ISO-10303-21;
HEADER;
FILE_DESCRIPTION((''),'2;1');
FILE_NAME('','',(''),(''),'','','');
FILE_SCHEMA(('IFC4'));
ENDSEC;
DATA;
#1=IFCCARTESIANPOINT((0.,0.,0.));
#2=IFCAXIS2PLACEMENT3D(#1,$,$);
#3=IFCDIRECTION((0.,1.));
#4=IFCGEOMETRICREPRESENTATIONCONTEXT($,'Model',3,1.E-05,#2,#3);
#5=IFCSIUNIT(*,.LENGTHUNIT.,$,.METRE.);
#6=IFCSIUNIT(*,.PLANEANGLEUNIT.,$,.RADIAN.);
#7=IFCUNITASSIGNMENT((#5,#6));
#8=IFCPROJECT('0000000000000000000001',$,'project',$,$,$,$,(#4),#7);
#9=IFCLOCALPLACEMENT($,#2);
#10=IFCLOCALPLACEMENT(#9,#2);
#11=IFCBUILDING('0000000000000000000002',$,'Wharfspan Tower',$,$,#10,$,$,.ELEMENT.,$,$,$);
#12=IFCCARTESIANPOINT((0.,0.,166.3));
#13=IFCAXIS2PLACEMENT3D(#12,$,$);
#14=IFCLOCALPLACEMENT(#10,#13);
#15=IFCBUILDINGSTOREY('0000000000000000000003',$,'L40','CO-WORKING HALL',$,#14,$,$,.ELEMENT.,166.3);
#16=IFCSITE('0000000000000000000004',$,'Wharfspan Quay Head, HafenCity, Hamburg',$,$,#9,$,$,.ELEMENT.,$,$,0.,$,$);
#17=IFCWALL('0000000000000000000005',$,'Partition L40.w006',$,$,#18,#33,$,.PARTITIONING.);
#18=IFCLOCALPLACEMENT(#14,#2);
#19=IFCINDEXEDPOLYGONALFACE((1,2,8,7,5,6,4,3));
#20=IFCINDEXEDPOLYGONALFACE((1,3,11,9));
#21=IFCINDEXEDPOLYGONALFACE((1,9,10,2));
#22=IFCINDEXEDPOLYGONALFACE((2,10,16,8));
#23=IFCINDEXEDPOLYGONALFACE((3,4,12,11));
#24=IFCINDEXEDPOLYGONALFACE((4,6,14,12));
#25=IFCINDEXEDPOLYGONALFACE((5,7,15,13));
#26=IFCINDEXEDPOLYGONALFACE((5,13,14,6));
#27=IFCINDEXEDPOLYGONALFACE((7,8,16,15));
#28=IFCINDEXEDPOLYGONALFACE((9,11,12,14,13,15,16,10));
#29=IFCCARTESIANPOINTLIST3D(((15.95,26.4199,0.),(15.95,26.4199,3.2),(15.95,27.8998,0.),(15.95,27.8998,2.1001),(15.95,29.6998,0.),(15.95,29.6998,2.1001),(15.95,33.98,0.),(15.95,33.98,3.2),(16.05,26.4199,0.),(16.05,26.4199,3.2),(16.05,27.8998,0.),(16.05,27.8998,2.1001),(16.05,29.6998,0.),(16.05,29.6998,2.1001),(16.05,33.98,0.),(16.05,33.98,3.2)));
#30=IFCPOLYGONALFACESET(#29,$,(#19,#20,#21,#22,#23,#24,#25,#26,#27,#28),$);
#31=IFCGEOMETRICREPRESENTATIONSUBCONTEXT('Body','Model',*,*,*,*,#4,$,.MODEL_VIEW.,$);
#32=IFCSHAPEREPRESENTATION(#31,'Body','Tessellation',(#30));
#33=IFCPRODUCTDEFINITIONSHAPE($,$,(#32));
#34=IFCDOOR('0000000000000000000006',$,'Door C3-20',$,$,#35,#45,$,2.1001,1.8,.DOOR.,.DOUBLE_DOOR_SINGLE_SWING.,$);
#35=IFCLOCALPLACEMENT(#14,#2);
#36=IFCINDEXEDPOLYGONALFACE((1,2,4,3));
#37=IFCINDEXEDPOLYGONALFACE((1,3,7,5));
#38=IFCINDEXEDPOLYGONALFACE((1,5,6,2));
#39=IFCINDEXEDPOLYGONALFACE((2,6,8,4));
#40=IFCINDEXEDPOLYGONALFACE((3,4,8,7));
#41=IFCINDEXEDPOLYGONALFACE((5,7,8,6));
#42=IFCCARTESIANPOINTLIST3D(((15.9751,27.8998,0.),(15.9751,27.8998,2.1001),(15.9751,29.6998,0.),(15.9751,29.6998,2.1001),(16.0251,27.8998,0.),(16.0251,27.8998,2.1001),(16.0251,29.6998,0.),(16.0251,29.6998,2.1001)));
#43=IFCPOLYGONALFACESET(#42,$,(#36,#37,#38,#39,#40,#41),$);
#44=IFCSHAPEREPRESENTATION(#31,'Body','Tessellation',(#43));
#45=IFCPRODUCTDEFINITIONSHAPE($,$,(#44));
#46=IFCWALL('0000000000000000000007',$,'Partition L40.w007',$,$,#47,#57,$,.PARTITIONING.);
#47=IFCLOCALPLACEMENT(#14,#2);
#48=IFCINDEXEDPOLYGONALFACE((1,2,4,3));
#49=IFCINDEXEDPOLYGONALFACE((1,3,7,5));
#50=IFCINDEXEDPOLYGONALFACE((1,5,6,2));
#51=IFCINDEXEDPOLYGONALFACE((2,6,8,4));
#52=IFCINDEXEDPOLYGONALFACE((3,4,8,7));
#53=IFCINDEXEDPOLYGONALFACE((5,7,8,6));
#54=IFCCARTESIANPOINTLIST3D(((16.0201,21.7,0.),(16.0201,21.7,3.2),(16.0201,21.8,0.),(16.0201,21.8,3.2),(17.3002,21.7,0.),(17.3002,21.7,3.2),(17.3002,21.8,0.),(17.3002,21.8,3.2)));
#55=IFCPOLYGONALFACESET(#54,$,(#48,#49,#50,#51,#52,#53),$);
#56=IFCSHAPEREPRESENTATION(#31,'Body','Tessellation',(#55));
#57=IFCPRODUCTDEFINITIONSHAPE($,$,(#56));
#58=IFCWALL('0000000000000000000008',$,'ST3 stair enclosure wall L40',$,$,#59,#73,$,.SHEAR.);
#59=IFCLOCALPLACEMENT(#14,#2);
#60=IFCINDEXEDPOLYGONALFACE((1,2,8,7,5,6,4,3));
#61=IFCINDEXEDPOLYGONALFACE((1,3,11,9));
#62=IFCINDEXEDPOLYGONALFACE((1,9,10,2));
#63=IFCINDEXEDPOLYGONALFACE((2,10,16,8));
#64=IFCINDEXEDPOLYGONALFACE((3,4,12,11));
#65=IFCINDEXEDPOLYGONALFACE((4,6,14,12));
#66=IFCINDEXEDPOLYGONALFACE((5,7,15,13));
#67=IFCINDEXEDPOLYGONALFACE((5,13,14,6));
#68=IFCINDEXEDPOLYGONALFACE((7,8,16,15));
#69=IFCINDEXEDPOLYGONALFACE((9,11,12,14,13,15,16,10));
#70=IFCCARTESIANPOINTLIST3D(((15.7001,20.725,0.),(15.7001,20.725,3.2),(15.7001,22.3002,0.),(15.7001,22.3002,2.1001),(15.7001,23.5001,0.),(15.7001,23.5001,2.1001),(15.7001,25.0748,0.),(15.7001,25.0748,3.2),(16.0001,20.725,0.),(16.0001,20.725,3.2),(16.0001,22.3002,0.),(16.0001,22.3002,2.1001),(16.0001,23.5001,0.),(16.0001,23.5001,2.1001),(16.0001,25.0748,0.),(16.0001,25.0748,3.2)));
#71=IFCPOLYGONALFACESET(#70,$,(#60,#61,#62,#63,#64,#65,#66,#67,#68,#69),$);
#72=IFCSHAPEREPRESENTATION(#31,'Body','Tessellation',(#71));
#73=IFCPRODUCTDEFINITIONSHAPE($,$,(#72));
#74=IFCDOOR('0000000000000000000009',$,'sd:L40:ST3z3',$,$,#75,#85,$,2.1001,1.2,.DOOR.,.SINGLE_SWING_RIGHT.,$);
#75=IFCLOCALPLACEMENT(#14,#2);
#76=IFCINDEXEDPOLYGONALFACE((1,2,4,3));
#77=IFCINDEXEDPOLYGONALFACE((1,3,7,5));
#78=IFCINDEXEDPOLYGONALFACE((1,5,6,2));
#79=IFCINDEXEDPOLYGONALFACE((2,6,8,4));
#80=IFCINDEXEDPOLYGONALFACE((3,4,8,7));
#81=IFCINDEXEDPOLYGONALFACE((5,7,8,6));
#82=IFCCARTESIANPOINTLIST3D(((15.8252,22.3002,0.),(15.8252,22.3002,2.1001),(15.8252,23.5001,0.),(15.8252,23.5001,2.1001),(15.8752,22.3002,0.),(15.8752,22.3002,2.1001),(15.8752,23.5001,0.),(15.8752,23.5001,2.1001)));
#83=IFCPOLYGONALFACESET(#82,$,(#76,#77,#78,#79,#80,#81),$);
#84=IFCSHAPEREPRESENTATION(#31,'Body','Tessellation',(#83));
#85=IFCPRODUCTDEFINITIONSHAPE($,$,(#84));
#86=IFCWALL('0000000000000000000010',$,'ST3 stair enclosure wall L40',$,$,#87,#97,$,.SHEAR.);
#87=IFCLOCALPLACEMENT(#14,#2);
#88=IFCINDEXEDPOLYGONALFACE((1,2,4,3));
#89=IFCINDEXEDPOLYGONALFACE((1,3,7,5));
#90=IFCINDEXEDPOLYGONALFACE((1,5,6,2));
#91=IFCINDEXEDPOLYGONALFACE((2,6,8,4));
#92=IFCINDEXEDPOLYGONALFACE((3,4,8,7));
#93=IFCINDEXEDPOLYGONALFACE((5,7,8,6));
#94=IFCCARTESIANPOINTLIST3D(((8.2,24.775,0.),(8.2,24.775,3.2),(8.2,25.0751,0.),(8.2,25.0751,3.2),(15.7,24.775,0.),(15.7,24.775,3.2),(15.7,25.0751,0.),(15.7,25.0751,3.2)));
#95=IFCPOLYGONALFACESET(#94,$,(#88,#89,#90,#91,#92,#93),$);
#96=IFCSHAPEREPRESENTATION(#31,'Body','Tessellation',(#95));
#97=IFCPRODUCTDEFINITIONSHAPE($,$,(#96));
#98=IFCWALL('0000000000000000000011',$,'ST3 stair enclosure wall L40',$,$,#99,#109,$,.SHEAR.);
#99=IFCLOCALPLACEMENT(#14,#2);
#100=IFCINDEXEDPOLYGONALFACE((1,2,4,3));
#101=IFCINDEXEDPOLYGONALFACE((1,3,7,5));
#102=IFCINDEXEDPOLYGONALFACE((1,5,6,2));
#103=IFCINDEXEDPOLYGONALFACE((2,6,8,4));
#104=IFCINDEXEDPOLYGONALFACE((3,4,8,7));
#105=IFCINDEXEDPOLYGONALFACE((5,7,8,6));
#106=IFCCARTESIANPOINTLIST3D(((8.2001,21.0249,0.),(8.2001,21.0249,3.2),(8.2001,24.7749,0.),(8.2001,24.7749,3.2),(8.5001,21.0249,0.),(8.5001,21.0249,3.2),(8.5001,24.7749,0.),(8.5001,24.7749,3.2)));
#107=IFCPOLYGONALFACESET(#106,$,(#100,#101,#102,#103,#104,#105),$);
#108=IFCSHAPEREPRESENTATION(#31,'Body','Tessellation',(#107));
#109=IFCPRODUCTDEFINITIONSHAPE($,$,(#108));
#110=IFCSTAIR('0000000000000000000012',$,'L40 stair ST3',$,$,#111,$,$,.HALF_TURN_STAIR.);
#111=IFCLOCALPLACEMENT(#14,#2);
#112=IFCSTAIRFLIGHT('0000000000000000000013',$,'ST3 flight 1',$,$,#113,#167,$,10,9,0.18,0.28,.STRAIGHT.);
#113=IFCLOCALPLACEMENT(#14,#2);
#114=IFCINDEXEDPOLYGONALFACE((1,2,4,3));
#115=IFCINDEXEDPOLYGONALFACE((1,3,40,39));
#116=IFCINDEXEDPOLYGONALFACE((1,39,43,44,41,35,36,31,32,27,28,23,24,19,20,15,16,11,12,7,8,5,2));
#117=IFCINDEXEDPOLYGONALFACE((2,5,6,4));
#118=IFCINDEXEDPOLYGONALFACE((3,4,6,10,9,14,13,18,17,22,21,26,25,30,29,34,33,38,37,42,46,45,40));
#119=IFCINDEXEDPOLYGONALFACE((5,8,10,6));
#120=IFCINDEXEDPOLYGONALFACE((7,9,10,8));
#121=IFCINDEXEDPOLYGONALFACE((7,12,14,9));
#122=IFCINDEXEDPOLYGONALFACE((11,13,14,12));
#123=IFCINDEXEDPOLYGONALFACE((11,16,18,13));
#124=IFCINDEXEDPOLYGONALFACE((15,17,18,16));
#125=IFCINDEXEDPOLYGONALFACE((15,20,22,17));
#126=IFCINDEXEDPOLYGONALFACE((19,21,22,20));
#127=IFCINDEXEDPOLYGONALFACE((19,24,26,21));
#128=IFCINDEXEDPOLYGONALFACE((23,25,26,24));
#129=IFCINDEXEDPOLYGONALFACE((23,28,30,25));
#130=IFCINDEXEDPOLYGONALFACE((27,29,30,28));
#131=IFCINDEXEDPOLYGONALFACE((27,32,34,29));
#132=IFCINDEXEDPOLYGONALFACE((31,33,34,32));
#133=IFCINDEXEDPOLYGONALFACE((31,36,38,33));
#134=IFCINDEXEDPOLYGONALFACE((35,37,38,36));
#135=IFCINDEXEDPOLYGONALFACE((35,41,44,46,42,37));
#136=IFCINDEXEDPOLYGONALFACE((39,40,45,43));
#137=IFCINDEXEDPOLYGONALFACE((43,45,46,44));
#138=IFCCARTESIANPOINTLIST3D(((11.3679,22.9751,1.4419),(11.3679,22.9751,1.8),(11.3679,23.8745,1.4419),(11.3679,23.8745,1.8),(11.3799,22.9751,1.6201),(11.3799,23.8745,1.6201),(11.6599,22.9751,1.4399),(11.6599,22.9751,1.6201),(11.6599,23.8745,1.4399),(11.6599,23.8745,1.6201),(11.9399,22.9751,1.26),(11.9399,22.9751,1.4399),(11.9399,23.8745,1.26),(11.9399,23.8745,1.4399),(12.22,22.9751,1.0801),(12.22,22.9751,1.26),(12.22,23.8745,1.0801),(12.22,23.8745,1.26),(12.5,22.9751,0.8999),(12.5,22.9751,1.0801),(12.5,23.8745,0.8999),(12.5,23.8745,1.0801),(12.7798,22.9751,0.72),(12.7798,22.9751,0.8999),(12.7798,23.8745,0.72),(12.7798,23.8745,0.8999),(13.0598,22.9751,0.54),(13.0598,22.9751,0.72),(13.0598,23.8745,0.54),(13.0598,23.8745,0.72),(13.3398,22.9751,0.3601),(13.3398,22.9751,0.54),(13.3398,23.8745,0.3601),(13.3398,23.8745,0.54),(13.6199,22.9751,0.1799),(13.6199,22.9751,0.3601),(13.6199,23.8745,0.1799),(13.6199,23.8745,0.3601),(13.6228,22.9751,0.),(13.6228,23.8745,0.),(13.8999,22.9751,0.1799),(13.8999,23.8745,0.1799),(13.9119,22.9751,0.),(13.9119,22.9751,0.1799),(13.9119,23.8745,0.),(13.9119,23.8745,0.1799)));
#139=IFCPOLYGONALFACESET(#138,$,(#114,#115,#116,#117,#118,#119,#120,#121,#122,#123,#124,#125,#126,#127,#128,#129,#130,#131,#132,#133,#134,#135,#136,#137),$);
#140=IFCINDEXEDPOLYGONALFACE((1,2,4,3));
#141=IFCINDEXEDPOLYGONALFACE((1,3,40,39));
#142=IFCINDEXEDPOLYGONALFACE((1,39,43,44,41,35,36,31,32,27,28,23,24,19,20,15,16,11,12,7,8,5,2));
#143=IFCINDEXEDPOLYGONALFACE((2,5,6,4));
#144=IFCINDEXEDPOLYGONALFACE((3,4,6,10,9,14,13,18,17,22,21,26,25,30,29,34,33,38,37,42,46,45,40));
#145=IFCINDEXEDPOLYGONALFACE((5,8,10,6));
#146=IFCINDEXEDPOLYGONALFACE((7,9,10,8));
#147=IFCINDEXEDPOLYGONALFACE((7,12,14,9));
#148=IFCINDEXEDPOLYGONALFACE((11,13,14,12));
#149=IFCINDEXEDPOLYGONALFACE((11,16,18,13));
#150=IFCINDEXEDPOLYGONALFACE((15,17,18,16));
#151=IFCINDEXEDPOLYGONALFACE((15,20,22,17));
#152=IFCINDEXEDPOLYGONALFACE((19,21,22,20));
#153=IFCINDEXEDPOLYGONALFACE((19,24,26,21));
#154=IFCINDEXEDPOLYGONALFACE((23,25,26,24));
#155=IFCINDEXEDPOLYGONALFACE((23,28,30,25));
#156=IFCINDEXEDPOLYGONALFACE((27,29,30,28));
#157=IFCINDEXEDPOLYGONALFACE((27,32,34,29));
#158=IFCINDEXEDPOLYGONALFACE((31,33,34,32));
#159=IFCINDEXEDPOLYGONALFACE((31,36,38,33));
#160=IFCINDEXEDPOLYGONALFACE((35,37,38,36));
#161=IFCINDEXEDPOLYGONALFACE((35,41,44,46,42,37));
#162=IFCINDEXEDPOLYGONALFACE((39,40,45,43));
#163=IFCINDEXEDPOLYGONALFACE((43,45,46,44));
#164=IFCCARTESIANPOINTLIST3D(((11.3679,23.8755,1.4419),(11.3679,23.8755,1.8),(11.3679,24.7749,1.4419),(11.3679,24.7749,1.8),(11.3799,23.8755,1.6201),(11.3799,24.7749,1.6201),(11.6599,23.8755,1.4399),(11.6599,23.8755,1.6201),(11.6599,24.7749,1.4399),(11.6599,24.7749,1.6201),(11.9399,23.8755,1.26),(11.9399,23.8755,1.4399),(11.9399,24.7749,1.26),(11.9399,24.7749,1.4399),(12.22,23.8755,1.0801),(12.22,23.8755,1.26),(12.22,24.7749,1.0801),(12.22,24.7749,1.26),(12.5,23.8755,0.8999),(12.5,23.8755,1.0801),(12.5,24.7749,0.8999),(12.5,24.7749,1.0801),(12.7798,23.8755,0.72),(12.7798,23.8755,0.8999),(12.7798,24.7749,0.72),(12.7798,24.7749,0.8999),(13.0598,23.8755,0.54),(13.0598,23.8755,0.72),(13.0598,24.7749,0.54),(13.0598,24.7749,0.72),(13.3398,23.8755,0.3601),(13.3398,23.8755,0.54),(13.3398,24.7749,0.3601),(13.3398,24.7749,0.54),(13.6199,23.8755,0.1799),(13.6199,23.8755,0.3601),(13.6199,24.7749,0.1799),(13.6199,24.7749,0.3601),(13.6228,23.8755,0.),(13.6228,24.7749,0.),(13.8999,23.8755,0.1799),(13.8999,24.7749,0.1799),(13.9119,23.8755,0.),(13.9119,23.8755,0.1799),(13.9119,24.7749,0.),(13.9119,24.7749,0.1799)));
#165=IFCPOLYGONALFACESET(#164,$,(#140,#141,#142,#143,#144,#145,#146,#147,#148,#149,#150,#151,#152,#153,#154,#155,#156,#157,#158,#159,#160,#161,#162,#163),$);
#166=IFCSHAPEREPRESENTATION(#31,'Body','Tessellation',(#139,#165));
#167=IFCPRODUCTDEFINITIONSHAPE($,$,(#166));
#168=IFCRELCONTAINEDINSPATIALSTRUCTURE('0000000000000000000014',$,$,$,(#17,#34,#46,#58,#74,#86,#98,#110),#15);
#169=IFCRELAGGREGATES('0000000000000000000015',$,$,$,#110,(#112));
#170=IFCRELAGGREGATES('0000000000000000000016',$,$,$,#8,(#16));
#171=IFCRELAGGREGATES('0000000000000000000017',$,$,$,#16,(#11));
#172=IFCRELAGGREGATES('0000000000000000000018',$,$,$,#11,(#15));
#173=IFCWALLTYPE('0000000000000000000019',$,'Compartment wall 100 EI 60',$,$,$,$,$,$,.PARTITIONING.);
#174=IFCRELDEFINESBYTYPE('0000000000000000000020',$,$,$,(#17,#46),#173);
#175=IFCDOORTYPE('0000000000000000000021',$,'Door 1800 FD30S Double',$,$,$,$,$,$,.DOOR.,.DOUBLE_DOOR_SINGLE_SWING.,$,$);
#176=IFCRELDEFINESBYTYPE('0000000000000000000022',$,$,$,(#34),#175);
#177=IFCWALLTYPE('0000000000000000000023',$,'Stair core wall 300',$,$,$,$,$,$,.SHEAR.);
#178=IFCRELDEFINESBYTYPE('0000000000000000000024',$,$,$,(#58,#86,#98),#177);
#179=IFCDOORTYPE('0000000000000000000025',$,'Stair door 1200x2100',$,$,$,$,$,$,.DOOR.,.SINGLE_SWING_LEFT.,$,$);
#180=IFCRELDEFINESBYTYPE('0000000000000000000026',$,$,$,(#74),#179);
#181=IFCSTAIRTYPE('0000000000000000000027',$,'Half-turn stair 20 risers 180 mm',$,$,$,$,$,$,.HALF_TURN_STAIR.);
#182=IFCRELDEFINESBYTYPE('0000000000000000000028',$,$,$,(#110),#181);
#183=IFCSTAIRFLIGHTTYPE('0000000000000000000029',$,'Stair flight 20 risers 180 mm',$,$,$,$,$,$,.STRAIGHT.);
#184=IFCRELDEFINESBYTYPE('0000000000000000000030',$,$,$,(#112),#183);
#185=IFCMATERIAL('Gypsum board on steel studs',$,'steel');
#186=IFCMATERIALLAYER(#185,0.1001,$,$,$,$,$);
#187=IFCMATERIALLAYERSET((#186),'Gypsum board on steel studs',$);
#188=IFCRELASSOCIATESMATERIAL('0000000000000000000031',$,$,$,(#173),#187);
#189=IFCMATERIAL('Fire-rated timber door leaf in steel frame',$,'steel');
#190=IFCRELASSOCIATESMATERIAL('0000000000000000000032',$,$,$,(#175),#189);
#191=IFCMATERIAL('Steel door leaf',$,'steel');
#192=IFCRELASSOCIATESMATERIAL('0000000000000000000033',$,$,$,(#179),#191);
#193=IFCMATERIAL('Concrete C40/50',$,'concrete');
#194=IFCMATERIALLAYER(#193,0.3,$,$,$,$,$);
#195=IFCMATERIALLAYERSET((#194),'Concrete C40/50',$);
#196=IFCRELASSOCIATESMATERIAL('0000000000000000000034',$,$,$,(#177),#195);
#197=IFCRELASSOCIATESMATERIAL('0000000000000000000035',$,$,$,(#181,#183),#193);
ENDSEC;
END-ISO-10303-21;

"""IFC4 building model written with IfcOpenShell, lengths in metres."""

from ifc_helpers import new_model, si_unit, direction, frame, frame_2d, origin, place, context, subcontext, project, spatial, polyline, rectangle, outline, extrude, material, layer, layer_set, type_object, element, fill, aggregate, save


model = new_model("IFC4")

# Units and contexts
model_context = context("Model", 3, precision=1e-05, world=origin(), true_north=direction((0.0, 1.0)))
body_context = subcontext(model_context, "Body", "Model", "MODEL_VIEW")
ifc_project = project(units=[si_unit("LENGTHUNIT", "METRE"), si_unit("PLANEANGLEUNIT", "RADIAN")], contexts=[model_context])

# Site, building, storey
site_placement = place(None, origin())
site = spatial("IfcSite", under=ifc_project, at=site_placement, Name="Wharfspan Quay Head, HafenCity, Hamburg", CompositionType="ELEMENT", RefElevation=0.0)
building_placement = place(site_placement, origin())
building = spatial("IfcBuilding", under=site, at=building_placement, Name="Wharfspan Tower", CompositionType="ELEMENT")
storey_placement = place(building_placement, frame((0.0, 0.0, 166.3)))
storey = spatial("IfcBuildingStorey", under=building, at=storey_placement, Name="L40", Description="CO-WORKING HALL", CompositionType="ELEMENT", Elevation=166.3)

# Wall, opening, door
ifc_material_1 = material(Name="Gypsum board on steel studs", Category="steel")
ifc_layer_1 = layer(ifc_material_1, 0.1001)
ifc_layer_set_1 = layer_set([ifc_layer_1], Name="Gypsum board on steel studs")
wall_type_1 = type_object("IfcWallType", Name="Compartment wall 100 EI 60", PredefinedType="PARTITIONING", material=ifc_layer_set_1)
wall_1_placement = place(storey_placement, frame((16.0, 26.4199, 0.0), z_axis=(0.0, 0.0, 1.0), x_axis=(0.0, 1.0, 0.0)))
wall_1 = element("IfcWall", 1, at=wall_1_placement, inside=storey, type_object=wall_type_1, Name="Partition L40.w006", PredefinedType="PARTITIONING", context=body_context, shape_type="SweptSolid", body=[
    extrude(rectangle(XDim=7.5601, YDim=0.1001, at=frame_2d((3.78, 0.0))), origin(), (0.0, 0.0, 1.0), 3.2),
])
opening_1_placement = place(wall_1_placement, frame((1.48, 0.0, 0.0)))
opening_1 = element("IfcOpeningElement", 2, at=opening_1_placement, cuts=wall_1, PredefinedType="OPENING", context=body_context, shape_type="SweptSolid", body=[
    extrude(rectangle(XDim=1.8, YDim=2.1001, at=frame_2d((0.8999, 1.05))), frame((0.0, 0.0601, 0.0), z_axis=(0.0, -1.0, 0.0), x_axis=(1.0, 0.0, 0.0)), (0.0, 0.0, 1.0), 0.1201),
])
ifc_material_2 = material(Name="Fire-rated timber door leaf in steel frame", Category="steel")
door_type_1 = type_object("IfcDoorType", Name="Door 1800 FD30S Double", OperationType="DOUBLE_DOOR_SINGLE_SWING", PredefinedType="DOOR", material=ifc_material_2)
door_1_placement = place(opening_1_placement, origin())
door_1 = element("IfcDoor", 3, at=door_1_placement, inside=storey, type_object=door_type_1, Name="Door C3-20", OperationType="DOUBLE_DOOR_SINGLE_SWING", OverallHeight=2.1001, OverallWidth=1.8, PredefinedType="DOOR", context=body_context, shape_type="SweptSolid", body=[
    extrude(rectangle(XDim=1.8, YDim=2.1001, at=frame_2d((0.8999, 1.05))), frame((0.0, 0.0249, 0.0), z_axis=(0.0, -1.0, 0.0), x_axis=(1.0, 0.0, 0.0)), (0.0, 0.0, 1.0), 0.05),
])
fill(opening_1, door_1)

# Wall
wall_2_placement = place(storey_placement, frame((16.02, 21.75, 0.0), z_axis=(0.0, 0.0, 1.0), x_axis=(1.0, 0.0, 0.0)))
element("IfcWall", 4, at=wall_2_placement, inside=storey, type_object=wall_type_1, Name="Partition L40.w007", PredefinedType="PARTITIONING", context=body_context, shape_type="SweptSolid", body=[
    extrude(rectangle(XDim=1.28, YDim=0.1001, at=frame_2d((0.6401, 0.0))), origin(), (0.0, 0.0, 1.0), 3.2),
])

# Shared definitions
ifc_material_3 = material(Name="Steel door leaf", Category="steel")
door_type_2 = type_object("IfcDoorType", Name="Stair door 1200x2100", OperationType="SINGLE_SWING_LEFT", PredefinedType="DOOR", material=ifc_material_3)

# Wall, opening, door
ifc_material_4 = material(Name="Concrete C40/50", Category="concrete")
ifc_layer_2 = layer(ifc_material_4, 0.3)
ifc_layer_set_2 = layer_set([ifc_layer_2], Name="Concrete C40/50")
wall_type_2 = type_object("IfcWallType", Name="Stair core wall 300", PredefinedType="SHEAR", material=ifc_layer_set_2)
wall_3_placement = place(storey_placement, frame((15.8501, 20.7251, 0.0), z_axis=(0.0, 0.0, 1.0), x_axis=(0.0, 1.0, 0.0)))
wall_3 = element("IfcWall", 5, at=wall_3_placement, inside=storey, type_object=wall_type_2, Name="ST3 stair enclosure wall L40", PredefinedType="SHEAR", context=body_context, shape_type="SweptSolid", body=[
    extrude(rectangle(XDim=4.3499, YDim=0.3, at=frame_2d((2.1748, 0.0))), origin(), (0.0, 0.0, 1.0), 3.2),
])
opening_2_placement = place(wall_3_placement, frame((1.575, 0.0, 0.0)))
opening_2 = element("IfcOpeningElement", 6, at=opening_2_placement, cuts=wall_3, PredefinedType="OPENING", context=body_context, shape_type="SweptSolid", body=[
    extrude(rectangle(XDim=1.2, YDim=2.1001, at=frame_2d((0.6001, 1.05))), frame((0.0, 0.1599, 0.0), z_axis=(0.0, -1.0, 0.0), x_axis=(1.0, 0.0, 0.0)), (0.0, 0.0, 1.0), 0.3201),
])
door_2_placement = place(opening_2_placement, origin())
door_2 = element("IfcDoor", 7, at=door_2_placement, inside=storey, type_object=door_type_2, Name="sd:L40:ST3z3", OperationType="SINGLE_SWING_RIGHT", OverallHeight=2.1001, OverallWidth=1.2, PredefinedType="DOOR", context=body_context, shape_type="SweptSolid", body=[
    extrude(rectangle(XDim=1.2, YDim=2.1001, at=frame_2d((0.6001, 1.05))), frame((0.0, 0.0249, 0.0), z_axis=(0.0, -1.0, 0.0), x_axis=(1.0, 0.0, 0.0)), (0.0, 0.0, 1.0), 0.05),
])
fill(opening_2, door_2)

# Walls
wall_4_placement = place(storey_placement, frame((8.2, 24.925, 0.0), z_axis=(0.0, 0.0, 1.0), x_axis=(1.0, 0.0, 0.0)))
element("IfcWall", 8, at=wall_4_placement, inside=storey, type_object=wall_type_2, Name="ST3 stair enclosure wall L40", PredefinedType="SHEAR", context=body_context, shape_type="SweptSolid", body=[
    extrude(rectangle(XDim=7.5, YDim=0.3, at=frame_2d((3.75, 0.0))), origin(), (0.0, 0.0, 1.0), 3.2),
])
wall_5_placement = place(storey_placement, frame((8.3501, 21.0249, 0.0), z_axis=(0.0, 0.0, 1.0), x_axis=(0.0, 1.0, 0.0)))
element("IfcWall", 9, at=wall_5_placement, inside=storey, type_object=wall_type_2, Name="ST3 stair enclosure wall L40", PredefinedType="SHEAR", context=body_context, shape_type="SweptSolid", body=[
    extrude(rectangle(XDim=3.75, YDim=0.3, at=frame_2d((1.875, 0.0))), origin(), (0.0, 0.0, 1.0), 3.2),
])

# Stair, stair flight
stair_type = type_object("IfcStairType", Name="Half-turn stair 20 risers 180 mm", PredefinedType="HALF_TURN_STAIR", material=ifc_material_4)
stair_placement = place(storey_placement, origin())
stair = element("IfcStair", 10, at=stair_placement, inside=storey, type_object=stair_type, Name="L40 stair ST3", PredefinedType="HALF_TURN_STAIR")
stair_flight_type = type_object("IfcStairFlightType", Name="Stair flight 20 risers 180 mm", PredefinedType="STRAIGHT", material=ifc_material_4)
stair_flight_1_placement = place(storey_placement, frame((13.8999, 23.875, 0.0), z_axis=(0.0, 0.0, 1.0), x_axis=(-1.0, 0.0, 0.0)))
stair_flight_1 = element("IfcStairFlight", 11, at=stair_flight_1_placement, type_object=stair_flight_type, Name="ST3 flight 1", NumberOfRisers=10, NumberOfTreads=9, PredefinedType="STRAIGHT", RiserHeight=0.18, TreadLength=0.28, context=body_context, shape_type="SweptSolid", body=[
    extrude(outline(polyline([(-0.012, 0.0), (-0.012, 0.1799), (0.0, 0.1799), (0.28, 0.1799), (0.28, 0.3601), (0.5601, 0.3601), (0.5601, 0.54), (0.8401, 0.54), (0.8401, 0.72), (1.1201, 0.72), (1.1201, 0.8999), (1.3999, 0.8999), (1.3999, 1.0801), (1.6799, 1.0801), (1.6799, 1.26), (1.96, 1.26), (1.96, 1.4399), (2.24, 1.4399), (2.24, 1.6201), (2.52, 1.6201), (2.532, 1.8), (2.532, 1.4419), (0.2771, 0.0), (-0.012, 0.0)])), frame((0.0, 0.8999, 0.0), z_axis=(0.0, -1.0, 0.0), x_axis=(1.0, 0.0, 0.0)), (0.0, 0.0, 1.0), 0.8994),
    extrude(outline(polyline([(-0.012, 0.0), (-0.012, 0.1799), (0.0, 0.1799), (0.28, 0.1799), (0.28, 0.3601), (0.5601, 0.3601), (0.5601, 0.54), (0.8401, 0.54), (0.8401, 0.72), (1.1201, 0.72), (1.1201, 0.8999), (1.3999, 0.8999), (1.3999, 1.0801), (1.6799, 1.0801), (1.6799, 1.26), (1.96, 1.26), (1.96, 1.4399), (2.24, 1.4399), (2.24, 1.6201), (2.52, 1.6201), (2.532, 1.8), (2.532, 1.4419), (0.2771, 0.0), (-0.012, 0.0)])), frame((0.0, -0.0005, 0.0), z_axis=(0.0, -1.0, 0.0), x_axis=(1.0, 0.0, 0.0)), (0.0, 0.0, 1.0), 0.8994),
])
aggregate(stair, [stair_flight_1])

save(model, "model.ifc")
